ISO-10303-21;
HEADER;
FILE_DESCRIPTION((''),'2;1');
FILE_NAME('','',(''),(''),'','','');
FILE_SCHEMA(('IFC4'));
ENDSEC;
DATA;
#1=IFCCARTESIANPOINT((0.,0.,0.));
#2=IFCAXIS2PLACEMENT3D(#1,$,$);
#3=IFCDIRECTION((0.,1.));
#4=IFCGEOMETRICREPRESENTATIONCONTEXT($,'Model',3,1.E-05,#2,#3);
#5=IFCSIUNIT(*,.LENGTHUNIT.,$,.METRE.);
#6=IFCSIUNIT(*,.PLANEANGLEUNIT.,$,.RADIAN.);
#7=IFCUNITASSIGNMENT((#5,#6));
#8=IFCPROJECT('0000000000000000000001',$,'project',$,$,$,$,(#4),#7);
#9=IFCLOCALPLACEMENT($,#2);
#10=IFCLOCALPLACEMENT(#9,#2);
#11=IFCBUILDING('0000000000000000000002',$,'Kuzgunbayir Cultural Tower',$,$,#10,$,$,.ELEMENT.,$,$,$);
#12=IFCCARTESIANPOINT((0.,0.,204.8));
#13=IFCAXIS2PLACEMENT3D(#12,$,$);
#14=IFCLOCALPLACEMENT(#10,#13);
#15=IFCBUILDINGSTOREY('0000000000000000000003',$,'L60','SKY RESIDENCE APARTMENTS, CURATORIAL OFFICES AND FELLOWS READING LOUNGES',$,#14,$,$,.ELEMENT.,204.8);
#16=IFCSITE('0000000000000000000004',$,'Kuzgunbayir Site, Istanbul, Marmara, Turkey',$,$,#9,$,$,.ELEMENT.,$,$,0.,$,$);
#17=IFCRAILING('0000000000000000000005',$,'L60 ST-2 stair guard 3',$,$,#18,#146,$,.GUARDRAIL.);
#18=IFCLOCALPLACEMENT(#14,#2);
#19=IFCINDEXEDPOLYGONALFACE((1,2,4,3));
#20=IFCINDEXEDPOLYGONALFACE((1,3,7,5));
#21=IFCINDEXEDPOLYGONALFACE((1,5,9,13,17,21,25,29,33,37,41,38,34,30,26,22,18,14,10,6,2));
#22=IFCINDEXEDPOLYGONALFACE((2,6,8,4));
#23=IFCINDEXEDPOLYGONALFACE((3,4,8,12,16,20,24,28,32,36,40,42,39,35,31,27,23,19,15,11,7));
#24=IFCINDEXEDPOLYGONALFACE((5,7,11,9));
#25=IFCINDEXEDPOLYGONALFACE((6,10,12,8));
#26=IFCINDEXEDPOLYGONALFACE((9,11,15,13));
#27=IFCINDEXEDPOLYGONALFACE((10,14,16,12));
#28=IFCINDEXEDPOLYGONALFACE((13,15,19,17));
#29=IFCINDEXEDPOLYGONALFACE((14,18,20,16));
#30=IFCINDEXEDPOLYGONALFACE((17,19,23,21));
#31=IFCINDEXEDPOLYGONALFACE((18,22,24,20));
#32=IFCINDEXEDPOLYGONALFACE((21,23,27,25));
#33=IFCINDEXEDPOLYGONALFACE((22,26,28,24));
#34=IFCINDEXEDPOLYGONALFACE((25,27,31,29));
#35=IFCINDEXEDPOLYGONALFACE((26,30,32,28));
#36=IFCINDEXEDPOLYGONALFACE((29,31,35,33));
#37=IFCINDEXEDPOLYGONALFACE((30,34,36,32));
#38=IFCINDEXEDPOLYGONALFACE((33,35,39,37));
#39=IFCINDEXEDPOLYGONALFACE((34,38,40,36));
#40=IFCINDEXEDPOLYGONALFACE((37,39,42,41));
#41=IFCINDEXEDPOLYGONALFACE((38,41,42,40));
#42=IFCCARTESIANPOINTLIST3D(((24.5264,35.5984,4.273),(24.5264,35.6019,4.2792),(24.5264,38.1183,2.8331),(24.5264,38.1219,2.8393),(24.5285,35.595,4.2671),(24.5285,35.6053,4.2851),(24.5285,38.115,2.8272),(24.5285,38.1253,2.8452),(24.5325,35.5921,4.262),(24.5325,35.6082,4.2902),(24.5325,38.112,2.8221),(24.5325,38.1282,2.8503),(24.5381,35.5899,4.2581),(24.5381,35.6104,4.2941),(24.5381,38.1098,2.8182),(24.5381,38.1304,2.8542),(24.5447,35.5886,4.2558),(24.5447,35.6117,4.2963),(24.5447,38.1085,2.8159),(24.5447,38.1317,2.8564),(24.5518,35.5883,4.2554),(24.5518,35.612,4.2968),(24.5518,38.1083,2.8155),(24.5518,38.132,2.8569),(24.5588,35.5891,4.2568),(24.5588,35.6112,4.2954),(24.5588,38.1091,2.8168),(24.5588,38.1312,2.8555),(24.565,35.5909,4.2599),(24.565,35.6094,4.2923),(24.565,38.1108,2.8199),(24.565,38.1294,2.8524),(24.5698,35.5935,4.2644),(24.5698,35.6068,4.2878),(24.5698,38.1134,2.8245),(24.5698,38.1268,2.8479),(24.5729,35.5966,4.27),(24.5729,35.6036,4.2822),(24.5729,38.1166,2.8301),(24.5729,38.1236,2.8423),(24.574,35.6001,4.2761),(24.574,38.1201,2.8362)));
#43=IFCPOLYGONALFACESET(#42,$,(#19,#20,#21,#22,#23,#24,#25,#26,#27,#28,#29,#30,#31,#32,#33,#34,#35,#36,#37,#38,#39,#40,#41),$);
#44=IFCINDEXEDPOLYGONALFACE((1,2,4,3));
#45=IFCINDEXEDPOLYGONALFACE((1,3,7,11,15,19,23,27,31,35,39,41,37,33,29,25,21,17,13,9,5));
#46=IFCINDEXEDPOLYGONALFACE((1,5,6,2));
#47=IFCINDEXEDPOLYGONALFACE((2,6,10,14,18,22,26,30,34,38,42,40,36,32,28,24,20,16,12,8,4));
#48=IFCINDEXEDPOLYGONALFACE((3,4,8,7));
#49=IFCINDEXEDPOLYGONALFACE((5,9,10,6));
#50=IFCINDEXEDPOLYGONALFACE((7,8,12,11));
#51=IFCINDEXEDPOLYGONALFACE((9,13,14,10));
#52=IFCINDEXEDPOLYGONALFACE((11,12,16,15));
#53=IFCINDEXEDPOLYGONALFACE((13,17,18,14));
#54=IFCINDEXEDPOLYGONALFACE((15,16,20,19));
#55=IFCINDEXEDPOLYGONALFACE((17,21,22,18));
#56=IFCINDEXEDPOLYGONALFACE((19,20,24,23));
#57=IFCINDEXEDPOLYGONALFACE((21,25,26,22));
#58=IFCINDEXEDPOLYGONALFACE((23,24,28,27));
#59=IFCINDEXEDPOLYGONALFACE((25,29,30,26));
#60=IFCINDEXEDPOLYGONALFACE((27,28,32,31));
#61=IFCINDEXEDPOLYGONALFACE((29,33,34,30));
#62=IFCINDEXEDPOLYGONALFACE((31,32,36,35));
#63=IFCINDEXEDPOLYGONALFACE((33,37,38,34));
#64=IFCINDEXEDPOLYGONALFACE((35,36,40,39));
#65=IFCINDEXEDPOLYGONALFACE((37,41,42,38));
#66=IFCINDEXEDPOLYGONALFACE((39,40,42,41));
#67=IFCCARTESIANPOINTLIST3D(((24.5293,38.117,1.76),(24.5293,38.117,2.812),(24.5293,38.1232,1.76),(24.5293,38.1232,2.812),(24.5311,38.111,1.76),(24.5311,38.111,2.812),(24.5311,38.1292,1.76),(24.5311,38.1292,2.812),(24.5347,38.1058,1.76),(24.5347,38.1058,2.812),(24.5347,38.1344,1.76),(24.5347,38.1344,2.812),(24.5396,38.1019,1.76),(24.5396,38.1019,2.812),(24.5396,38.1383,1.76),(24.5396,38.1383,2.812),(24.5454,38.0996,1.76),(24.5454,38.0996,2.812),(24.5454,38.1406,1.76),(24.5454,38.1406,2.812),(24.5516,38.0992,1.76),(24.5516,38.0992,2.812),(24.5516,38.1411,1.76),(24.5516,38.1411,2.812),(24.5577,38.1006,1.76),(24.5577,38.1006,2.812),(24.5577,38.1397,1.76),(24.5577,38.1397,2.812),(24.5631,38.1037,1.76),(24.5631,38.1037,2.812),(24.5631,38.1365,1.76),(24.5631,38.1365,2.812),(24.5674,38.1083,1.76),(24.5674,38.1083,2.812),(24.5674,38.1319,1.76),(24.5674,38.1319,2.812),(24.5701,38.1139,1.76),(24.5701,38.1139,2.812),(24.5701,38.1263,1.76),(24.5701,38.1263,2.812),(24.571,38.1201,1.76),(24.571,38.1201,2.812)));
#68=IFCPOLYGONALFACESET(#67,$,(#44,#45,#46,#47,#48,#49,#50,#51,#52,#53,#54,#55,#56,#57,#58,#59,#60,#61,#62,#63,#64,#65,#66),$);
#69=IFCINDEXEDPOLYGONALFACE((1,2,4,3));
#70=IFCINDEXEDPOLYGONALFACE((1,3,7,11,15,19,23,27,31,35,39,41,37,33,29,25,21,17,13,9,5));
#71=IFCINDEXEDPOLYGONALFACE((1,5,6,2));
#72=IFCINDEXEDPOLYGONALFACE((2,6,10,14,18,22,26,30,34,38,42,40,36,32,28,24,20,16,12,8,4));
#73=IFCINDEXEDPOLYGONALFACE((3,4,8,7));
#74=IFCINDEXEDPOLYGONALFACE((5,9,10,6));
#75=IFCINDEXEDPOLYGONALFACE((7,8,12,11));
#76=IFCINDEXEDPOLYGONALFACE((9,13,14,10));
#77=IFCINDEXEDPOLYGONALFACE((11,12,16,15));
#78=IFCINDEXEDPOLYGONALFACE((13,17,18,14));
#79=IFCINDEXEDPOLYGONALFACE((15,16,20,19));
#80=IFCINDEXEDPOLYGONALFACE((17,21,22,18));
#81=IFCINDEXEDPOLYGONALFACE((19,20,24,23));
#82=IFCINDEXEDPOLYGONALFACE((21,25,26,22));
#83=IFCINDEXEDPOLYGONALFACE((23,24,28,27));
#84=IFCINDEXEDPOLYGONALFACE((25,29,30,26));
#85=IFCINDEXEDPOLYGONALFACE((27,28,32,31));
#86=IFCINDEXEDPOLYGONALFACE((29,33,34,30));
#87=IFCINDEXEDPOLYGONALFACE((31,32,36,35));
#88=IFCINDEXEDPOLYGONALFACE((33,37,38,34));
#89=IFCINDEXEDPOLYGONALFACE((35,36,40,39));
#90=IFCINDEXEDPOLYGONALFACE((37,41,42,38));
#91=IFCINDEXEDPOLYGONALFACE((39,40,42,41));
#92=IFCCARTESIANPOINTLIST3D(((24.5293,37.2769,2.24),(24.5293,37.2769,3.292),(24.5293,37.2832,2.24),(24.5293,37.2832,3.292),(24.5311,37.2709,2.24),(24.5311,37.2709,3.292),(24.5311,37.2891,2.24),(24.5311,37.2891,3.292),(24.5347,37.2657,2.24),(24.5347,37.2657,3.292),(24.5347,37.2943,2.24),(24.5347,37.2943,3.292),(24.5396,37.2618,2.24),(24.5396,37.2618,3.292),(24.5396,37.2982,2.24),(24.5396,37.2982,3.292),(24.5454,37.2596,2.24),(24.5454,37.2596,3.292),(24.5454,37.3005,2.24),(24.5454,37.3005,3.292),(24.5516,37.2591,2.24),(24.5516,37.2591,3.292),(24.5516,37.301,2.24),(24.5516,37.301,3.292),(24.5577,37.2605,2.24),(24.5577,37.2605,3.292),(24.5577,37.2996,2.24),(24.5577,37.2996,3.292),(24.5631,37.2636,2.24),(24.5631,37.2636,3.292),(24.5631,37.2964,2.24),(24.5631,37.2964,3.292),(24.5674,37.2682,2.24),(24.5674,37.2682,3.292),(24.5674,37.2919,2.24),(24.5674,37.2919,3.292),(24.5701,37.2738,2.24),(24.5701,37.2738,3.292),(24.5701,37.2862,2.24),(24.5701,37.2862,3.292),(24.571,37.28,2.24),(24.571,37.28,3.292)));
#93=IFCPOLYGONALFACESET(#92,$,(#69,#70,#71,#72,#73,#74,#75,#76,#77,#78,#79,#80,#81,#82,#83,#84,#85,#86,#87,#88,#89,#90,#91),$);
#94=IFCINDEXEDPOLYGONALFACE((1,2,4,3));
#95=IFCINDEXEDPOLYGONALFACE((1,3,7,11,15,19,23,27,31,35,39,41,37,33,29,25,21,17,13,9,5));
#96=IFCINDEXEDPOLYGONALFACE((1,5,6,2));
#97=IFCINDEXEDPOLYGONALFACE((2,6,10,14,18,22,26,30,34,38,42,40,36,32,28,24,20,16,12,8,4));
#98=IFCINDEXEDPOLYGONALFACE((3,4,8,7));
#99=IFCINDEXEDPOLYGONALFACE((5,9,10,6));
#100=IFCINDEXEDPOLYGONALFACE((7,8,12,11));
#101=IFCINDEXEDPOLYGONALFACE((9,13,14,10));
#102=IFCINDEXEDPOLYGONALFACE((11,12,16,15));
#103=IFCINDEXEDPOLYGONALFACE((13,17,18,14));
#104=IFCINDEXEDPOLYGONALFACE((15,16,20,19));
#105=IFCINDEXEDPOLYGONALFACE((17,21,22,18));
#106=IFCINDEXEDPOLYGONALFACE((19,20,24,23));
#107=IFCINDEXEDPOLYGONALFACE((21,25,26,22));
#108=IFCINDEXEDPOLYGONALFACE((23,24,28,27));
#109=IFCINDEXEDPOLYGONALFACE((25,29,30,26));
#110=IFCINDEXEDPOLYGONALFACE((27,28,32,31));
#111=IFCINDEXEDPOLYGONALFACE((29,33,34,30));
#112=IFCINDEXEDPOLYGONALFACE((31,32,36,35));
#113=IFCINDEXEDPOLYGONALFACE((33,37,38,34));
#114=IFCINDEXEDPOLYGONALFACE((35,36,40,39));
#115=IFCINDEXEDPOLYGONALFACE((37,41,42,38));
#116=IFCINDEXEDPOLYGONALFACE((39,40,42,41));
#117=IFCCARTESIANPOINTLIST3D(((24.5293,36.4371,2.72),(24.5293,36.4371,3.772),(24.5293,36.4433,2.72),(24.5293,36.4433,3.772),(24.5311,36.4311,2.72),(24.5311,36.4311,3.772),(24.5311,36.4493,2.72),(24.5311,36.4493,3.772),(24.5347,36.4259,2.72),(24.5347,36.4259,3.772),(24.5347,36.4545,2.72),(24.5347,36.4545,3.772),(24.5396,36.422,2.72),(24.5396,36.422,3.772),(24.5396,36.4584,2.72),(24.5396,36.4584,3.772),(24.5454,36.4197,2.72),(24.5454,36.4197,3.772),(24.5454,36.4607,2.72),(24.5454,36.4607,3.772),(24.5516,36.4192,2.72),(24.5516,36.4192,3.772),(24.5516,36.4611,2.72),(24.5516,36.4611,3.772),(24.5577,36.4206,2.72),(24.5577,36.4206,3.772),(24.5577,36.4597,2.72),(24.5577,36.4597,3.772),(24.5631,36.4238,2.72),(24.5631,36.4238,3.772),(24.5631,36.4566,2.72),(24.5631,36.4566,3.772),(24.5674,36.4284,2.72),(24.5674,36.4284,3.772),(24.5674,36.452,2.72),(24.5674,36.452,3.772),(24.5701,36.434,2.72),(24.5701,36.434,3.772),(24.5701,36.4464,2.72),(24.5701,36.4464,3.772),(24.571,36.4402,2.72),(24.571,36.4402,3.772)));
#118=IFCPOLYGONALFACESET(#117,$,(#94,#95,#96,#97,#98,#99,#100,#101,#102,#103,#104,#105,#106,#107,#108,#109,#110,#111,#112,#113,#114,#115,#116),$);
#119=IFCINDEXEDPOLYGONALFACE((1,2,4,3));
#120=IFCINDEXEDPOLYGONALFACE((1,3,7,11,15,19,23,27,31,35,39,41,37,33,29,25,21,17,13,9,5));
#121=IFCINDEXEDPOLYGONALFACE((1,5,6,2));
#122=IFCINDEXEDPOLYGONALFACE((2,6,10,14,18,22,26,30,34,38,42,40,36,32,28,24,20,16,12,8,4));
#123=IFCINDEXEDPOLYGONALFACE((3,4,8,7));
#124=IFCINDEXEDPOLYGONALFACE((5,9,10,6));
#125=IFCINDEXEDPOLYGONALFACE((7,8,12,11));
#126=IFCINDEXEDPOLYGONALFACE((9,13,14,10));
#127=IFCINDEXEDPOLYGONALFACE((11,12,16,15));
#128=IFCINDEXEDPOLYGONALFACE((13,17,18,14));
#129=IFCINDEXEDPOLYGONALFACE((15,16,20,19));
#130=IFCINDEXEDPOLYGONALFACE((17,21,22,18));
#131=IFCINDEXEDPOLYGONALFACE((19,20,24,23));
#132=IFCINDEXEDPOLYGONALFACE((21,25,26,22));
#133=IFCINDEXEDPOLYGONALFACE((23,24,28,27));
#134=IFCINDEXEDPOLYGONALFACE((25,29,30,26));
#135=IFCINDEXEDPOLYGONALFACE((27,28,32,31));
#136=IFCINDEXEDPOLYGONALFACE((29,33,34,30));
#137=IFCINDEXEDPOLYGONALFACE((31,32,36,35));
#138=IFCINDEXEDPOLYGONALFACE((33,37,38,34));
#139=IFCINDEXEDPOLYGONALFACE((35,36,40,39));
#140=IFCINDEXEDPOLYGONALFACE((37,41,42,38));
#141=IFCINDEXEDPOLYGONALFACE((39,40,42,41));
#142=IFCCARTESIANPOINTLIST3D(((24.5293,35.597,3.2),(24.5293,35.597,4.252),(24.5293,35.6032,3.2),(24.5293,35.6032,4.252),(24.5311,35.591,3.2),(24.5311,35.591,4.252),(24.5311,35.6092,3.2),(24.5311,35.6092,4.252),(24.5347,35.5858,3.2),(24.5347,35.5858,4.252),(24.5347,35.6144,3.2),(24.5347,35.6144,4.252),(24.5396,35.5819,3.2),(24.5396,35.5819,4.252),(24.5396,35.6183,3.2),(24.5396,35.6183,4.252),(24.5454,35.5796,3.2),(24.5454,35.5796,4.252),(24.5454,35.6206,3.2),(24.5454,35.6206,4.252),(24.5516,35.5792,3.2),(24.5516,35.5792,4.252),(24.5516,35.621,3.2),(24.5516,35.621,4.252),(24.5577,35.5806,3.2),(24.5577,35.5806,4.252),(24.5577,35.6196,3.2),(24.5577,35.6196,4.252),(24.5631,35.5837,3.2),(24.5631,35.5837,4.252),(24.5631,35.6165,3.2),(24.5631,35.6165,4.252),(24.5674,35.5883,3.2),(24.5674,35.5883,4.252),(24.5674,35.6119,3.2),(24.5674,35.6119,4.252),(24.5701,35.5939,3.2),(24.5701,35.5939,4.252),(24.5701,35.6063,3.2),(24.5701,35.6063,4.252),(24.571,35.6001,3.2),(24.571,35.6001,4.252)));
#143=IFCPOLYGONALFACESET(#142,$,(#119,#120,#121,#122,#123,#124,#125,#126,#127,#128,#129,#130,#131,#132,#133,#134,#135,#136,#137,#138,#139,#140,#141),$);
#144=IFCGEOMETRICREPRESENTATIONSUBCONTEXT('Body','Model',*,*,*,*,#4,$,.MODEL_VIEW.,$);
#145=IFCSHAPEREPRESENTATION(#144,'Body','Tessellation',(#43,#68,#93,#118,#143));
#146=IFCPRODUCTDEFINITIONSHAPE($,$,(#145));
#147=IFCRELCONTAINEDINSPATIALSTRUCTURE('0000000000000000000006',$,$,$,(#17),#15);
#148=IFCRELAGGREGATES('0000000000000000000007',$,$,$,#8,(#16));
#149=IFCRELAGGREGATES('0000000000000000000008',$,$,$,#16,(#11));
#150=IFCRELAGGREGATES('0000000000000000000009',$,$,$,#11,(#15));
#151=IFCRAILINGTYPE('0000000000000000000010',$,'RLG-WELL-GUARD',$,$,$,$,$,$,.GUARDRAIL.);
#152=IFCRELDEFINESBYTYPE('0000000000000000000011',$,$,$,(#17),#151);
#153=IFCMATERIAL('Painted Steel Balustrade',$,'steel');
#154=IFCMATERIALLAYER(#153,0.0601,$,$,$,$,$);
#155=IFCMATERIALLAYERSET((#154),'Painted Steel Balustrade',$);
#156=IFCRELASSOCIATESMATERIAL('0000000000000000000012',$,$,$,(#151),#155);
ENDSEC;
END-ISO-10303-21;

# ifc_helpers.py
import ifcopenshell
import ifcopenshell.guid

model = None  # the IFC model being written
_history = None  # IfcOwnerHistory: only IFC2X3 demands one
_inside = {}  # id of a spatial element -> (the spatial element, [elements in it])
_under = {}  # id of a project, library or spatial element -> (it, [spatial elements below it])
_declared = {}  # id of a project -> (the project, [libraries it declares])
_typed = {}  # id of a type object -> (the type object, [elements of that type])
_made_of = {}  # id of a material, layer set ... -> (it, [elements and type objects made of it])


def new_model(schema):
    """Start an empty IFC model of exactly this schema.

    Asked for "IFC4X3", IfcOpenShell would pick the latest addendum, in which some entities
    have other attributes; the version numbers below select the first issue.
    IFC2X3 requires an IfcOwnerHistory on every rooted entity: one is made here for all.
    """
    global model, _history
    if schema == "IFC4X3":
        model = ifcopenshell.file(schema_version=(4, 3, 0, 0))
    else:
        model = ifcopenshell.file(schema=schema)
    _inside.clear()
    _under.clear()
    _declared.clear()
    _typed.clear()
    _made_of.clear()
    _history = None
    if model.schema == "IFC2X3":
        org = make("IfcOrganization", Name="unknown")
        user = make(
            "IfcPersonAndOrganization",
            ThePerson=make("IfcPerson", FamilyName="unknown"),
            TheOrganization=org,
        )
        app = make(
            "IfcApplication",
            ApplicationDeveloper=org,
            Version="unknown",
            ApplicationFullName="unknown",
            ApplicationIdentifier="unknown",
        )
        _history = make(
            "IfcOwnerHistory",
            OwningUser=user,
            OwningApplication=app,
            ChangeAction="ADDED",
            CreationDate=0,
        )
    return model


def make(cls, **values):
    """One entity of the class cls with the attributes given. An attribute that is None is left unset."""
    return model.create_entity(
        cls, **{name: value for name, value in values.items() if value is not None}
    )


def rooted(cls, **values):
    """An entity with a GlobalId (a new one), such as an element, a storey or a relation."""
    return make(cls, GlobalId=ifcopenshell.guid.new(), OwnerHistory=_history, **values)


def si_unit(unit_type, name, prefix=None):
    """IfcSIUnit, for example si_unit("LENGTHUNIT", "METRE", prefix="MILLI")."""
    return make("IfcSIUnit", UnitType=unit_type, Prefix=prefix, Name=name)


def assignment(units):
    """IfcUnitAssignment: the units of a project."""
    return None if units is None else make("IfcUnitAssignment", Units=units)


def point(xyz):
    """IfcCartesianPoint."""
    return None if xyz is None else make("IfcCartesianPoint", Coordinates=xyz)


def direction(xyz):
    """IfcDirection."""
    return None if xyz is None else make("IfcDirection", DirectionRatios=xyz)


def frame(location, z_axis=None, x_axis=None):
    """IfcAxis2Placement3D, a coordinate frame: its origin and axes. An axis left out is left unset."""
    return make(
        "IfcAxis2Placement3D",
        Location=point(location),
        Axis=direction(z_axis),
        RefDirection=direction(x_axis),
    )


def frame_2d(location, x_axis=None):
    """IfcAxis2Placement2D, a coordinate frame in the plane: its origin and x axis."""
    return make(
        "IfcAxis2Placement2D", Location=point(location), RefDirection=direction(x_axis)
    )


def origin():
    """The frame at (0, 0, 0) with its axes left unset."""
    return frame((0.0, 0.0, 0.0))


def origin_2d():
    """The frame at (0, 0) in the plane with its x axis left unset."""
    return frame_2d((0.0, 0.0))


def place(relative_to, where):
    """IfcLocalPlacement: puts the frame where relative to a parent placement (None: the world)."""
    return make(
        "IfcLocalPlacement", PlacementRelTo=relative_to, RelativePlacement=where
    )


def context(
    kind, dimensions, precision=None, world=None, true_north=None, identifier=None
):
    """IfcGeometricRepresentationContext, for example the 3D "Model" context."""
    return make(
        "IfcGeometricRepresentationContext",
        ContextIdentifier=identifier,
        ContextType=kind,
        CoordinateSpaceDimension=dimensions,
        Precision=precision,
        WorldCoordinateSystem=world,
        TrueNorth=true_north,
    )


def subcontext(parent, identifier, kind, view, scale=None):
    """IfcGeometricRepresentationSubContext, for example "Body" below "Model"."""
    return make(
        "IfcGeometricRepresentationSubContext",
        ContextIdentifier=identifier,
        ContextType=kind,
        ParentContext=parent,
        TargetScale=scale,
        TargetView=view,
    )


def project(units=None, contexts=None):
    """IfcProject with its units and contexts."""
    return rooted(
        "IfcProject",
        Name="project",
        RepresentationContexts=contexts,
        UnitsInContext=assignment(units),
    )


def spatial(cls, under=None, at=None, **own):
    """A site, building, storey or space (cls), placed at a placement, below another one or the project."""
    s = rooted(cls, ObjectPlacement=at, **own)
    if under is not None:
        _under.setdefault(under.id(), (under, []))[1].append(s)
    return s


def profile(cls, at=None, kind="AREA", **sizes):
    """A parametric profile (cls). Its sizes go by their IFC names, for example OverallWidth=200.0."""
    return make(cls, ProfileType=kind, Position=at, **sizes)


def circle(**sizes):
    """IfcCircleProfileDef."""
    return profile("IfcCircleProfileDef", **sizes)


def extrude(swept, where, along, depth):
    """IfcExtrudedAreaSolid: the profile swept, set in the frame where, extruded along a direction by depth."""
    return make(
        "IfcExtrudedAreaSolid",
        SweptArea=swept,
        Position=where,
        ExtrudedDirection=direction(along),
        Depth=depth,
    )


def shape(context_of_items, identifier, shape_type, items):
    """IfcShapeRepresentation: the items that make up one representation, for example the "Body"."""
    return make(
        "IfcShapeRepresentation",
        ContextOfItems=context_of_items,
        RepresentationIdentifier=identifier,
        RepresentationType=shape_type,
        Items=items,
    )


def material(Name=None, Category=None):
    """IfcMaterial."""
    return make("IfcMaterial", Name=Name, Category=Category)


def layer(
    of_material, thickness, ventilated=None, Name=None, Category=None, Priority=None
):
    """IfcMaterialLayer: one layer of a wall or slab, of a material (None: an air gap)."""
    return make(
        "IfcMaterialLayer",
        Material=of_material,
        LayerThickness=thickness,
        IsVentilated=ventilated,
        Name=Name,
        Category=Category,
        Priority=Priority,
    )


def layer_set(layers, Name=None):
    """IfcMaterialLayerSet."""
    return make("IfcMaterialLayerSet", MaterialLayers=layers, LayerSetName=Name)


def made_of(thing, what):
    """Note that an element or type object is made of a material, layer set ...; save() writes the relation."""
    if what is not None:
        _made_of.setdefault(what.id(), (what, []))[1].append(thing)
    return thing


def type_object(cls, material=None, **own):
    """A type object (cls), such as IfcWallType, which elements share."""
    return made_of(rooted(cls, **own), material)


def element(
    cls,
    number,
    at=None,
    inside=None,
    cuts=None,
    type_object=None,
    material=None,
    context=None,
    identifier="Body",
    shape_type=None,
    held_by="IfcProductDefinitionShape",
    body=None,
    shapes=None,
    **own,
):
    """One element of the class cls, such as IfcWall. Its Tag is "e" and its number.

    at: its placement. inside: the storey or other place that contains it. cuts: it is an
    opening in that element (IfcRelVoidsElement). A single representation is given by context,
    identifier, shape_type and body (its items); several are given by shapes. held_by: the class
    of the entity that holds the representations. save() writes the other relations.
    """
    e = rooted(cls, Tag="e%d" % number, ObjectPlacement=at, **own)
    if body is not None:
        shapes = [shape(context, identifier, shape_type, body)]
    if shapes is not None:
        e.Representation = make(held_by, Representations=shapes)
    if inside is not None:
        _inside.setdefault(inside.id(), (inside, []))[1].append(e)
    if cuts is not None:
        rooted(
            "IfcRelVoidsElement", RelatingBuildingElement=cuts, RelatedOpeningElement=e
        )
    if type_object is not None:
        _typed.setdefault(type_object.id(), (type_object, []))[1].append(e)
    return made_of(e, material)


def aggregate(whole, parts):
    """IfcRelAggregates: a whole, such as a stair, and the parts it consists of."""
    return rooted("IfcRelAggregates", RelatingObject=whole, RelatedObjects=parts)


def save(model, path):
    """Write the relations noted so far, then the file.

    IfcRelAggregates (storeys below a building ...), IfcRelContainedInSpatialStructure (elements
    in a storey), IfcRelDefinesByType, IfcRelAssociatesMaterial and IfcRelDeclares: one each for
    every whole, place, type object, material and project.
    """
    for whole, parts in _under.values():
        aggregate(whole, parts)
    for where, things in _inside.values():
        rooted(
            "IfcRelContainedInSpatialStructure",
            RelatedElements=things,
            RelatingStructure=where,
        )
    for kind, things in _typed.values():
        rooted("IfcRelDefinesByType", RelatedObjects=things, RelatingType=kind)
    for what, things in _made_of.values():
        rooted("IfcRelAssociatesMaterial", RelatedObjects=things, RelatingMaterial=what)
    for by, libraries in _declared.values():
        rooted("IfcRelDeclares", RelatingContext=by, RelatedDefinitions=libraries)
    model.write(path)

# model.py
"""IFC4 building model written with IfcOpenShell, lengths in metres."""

from ifc_helpers import new_model, si_unit, direction, frame, origin, origin_2d, place, context, subcontext, project, spatial, circle, extrude, material, layer, layer_set, type_object, element, save


model = new_model("IFC4")

# Units and contexts
model_context = context("Model", 3, precision=1e-05, world=origin(), true_north=direction((0.0, 1.0)))
body_context = subcontext(model_context, "Body", "Model", "MODEL_VIEW")
ifc_project = project(units=[si_unit("LENGTHUNIT", "METRE"), si_unit("PLANEANGLEUNIT", "RADIAN")], contexts=[model_context])

# Site, building, storey
site_placement = place(None, origin())
site = spatial("IfcSite", under=ifc_project, at=site_placement, Name="Kuzgunbayir Site, Istanbul, Marmara, Turkey", CompositionType="ELEMENT", RefElevation=0.0)
building_placement = place(site_placement, origin())
building = spatial("IfcBuilding", under=site, at=building_placement, Name="Kuzgunbayir Cultural Tower", CompositionType="ELEMENT")
storey_placement = place(building_placement, frame((0.0, 0.0, 204.8)))
storey = spatial("IfcBuildingStorey", under=building, at=storey_placement, Name="L60", Description="SKY RESIDENCE APARTMENTS, CURATORIAL OFFICES AND FELLOWS READING LOUNGES", CompositionType="ELEMENT", Elevation=204.8)

# Railing
ifc_material_1 = material(Name="Painted Steel Balustrade", Category="steel")
ifc_layer_1 = layer(ifc_material_1, 0.0601)
ifc_layer_set_1 = layer_set([ifc_layer_1], Name="Painted Steel Balustrade")
railing_type_1 = type_object("IfcRailingType", Name="RLG-WELL-GUARD", PredefinedType="GUARDRAIL", material=ifc_layer_set_1)
railing_1_placement = place(storey_placement, frame((24.55, 38.1201, 1.76)))
element("IfcRailing", 1, at=railing_1_placement, inside=storey, type_object=railing_type_1, Name="L60 ST-2 stair guard 3", PredefinedType="GUARDRAIL", context=body_context, shape_type="SweptSolid", body=[
    extrude(circle(Radius=0.0239, at=origin_2d()), frame((0.0, 0.0, 1.0762), z_axis=(0.0, -0.868253, 0.496121), x_axis=(1.0, 0.0, 0.0)), (0.0, 0.0, 1.0), 2.9023),
    extrude(circle(Radius=0.021, at=origin_2d()), origin(), (0.0, 0.0, 1.0), 1.052),
    extrude(circle(Radius=0.021, at=origin_2d()), frame((0.0, -0.8401, 0.48)), (0.0, 0.0, 1.0), 1.052),
    extrude(circle(Radius=0.021, at=origin_2d()), frame((0.0, -1.6799, 0.96)), (0.0, 0.0, 1.0), 1.052),
    extrude(circle(Radius=0.021, at=origin_2d()), frame((0.0, -2.52, 1.4399)), (0.0, 0.0, 1.0), 1.052),
])

save(model, "model.ifc")
